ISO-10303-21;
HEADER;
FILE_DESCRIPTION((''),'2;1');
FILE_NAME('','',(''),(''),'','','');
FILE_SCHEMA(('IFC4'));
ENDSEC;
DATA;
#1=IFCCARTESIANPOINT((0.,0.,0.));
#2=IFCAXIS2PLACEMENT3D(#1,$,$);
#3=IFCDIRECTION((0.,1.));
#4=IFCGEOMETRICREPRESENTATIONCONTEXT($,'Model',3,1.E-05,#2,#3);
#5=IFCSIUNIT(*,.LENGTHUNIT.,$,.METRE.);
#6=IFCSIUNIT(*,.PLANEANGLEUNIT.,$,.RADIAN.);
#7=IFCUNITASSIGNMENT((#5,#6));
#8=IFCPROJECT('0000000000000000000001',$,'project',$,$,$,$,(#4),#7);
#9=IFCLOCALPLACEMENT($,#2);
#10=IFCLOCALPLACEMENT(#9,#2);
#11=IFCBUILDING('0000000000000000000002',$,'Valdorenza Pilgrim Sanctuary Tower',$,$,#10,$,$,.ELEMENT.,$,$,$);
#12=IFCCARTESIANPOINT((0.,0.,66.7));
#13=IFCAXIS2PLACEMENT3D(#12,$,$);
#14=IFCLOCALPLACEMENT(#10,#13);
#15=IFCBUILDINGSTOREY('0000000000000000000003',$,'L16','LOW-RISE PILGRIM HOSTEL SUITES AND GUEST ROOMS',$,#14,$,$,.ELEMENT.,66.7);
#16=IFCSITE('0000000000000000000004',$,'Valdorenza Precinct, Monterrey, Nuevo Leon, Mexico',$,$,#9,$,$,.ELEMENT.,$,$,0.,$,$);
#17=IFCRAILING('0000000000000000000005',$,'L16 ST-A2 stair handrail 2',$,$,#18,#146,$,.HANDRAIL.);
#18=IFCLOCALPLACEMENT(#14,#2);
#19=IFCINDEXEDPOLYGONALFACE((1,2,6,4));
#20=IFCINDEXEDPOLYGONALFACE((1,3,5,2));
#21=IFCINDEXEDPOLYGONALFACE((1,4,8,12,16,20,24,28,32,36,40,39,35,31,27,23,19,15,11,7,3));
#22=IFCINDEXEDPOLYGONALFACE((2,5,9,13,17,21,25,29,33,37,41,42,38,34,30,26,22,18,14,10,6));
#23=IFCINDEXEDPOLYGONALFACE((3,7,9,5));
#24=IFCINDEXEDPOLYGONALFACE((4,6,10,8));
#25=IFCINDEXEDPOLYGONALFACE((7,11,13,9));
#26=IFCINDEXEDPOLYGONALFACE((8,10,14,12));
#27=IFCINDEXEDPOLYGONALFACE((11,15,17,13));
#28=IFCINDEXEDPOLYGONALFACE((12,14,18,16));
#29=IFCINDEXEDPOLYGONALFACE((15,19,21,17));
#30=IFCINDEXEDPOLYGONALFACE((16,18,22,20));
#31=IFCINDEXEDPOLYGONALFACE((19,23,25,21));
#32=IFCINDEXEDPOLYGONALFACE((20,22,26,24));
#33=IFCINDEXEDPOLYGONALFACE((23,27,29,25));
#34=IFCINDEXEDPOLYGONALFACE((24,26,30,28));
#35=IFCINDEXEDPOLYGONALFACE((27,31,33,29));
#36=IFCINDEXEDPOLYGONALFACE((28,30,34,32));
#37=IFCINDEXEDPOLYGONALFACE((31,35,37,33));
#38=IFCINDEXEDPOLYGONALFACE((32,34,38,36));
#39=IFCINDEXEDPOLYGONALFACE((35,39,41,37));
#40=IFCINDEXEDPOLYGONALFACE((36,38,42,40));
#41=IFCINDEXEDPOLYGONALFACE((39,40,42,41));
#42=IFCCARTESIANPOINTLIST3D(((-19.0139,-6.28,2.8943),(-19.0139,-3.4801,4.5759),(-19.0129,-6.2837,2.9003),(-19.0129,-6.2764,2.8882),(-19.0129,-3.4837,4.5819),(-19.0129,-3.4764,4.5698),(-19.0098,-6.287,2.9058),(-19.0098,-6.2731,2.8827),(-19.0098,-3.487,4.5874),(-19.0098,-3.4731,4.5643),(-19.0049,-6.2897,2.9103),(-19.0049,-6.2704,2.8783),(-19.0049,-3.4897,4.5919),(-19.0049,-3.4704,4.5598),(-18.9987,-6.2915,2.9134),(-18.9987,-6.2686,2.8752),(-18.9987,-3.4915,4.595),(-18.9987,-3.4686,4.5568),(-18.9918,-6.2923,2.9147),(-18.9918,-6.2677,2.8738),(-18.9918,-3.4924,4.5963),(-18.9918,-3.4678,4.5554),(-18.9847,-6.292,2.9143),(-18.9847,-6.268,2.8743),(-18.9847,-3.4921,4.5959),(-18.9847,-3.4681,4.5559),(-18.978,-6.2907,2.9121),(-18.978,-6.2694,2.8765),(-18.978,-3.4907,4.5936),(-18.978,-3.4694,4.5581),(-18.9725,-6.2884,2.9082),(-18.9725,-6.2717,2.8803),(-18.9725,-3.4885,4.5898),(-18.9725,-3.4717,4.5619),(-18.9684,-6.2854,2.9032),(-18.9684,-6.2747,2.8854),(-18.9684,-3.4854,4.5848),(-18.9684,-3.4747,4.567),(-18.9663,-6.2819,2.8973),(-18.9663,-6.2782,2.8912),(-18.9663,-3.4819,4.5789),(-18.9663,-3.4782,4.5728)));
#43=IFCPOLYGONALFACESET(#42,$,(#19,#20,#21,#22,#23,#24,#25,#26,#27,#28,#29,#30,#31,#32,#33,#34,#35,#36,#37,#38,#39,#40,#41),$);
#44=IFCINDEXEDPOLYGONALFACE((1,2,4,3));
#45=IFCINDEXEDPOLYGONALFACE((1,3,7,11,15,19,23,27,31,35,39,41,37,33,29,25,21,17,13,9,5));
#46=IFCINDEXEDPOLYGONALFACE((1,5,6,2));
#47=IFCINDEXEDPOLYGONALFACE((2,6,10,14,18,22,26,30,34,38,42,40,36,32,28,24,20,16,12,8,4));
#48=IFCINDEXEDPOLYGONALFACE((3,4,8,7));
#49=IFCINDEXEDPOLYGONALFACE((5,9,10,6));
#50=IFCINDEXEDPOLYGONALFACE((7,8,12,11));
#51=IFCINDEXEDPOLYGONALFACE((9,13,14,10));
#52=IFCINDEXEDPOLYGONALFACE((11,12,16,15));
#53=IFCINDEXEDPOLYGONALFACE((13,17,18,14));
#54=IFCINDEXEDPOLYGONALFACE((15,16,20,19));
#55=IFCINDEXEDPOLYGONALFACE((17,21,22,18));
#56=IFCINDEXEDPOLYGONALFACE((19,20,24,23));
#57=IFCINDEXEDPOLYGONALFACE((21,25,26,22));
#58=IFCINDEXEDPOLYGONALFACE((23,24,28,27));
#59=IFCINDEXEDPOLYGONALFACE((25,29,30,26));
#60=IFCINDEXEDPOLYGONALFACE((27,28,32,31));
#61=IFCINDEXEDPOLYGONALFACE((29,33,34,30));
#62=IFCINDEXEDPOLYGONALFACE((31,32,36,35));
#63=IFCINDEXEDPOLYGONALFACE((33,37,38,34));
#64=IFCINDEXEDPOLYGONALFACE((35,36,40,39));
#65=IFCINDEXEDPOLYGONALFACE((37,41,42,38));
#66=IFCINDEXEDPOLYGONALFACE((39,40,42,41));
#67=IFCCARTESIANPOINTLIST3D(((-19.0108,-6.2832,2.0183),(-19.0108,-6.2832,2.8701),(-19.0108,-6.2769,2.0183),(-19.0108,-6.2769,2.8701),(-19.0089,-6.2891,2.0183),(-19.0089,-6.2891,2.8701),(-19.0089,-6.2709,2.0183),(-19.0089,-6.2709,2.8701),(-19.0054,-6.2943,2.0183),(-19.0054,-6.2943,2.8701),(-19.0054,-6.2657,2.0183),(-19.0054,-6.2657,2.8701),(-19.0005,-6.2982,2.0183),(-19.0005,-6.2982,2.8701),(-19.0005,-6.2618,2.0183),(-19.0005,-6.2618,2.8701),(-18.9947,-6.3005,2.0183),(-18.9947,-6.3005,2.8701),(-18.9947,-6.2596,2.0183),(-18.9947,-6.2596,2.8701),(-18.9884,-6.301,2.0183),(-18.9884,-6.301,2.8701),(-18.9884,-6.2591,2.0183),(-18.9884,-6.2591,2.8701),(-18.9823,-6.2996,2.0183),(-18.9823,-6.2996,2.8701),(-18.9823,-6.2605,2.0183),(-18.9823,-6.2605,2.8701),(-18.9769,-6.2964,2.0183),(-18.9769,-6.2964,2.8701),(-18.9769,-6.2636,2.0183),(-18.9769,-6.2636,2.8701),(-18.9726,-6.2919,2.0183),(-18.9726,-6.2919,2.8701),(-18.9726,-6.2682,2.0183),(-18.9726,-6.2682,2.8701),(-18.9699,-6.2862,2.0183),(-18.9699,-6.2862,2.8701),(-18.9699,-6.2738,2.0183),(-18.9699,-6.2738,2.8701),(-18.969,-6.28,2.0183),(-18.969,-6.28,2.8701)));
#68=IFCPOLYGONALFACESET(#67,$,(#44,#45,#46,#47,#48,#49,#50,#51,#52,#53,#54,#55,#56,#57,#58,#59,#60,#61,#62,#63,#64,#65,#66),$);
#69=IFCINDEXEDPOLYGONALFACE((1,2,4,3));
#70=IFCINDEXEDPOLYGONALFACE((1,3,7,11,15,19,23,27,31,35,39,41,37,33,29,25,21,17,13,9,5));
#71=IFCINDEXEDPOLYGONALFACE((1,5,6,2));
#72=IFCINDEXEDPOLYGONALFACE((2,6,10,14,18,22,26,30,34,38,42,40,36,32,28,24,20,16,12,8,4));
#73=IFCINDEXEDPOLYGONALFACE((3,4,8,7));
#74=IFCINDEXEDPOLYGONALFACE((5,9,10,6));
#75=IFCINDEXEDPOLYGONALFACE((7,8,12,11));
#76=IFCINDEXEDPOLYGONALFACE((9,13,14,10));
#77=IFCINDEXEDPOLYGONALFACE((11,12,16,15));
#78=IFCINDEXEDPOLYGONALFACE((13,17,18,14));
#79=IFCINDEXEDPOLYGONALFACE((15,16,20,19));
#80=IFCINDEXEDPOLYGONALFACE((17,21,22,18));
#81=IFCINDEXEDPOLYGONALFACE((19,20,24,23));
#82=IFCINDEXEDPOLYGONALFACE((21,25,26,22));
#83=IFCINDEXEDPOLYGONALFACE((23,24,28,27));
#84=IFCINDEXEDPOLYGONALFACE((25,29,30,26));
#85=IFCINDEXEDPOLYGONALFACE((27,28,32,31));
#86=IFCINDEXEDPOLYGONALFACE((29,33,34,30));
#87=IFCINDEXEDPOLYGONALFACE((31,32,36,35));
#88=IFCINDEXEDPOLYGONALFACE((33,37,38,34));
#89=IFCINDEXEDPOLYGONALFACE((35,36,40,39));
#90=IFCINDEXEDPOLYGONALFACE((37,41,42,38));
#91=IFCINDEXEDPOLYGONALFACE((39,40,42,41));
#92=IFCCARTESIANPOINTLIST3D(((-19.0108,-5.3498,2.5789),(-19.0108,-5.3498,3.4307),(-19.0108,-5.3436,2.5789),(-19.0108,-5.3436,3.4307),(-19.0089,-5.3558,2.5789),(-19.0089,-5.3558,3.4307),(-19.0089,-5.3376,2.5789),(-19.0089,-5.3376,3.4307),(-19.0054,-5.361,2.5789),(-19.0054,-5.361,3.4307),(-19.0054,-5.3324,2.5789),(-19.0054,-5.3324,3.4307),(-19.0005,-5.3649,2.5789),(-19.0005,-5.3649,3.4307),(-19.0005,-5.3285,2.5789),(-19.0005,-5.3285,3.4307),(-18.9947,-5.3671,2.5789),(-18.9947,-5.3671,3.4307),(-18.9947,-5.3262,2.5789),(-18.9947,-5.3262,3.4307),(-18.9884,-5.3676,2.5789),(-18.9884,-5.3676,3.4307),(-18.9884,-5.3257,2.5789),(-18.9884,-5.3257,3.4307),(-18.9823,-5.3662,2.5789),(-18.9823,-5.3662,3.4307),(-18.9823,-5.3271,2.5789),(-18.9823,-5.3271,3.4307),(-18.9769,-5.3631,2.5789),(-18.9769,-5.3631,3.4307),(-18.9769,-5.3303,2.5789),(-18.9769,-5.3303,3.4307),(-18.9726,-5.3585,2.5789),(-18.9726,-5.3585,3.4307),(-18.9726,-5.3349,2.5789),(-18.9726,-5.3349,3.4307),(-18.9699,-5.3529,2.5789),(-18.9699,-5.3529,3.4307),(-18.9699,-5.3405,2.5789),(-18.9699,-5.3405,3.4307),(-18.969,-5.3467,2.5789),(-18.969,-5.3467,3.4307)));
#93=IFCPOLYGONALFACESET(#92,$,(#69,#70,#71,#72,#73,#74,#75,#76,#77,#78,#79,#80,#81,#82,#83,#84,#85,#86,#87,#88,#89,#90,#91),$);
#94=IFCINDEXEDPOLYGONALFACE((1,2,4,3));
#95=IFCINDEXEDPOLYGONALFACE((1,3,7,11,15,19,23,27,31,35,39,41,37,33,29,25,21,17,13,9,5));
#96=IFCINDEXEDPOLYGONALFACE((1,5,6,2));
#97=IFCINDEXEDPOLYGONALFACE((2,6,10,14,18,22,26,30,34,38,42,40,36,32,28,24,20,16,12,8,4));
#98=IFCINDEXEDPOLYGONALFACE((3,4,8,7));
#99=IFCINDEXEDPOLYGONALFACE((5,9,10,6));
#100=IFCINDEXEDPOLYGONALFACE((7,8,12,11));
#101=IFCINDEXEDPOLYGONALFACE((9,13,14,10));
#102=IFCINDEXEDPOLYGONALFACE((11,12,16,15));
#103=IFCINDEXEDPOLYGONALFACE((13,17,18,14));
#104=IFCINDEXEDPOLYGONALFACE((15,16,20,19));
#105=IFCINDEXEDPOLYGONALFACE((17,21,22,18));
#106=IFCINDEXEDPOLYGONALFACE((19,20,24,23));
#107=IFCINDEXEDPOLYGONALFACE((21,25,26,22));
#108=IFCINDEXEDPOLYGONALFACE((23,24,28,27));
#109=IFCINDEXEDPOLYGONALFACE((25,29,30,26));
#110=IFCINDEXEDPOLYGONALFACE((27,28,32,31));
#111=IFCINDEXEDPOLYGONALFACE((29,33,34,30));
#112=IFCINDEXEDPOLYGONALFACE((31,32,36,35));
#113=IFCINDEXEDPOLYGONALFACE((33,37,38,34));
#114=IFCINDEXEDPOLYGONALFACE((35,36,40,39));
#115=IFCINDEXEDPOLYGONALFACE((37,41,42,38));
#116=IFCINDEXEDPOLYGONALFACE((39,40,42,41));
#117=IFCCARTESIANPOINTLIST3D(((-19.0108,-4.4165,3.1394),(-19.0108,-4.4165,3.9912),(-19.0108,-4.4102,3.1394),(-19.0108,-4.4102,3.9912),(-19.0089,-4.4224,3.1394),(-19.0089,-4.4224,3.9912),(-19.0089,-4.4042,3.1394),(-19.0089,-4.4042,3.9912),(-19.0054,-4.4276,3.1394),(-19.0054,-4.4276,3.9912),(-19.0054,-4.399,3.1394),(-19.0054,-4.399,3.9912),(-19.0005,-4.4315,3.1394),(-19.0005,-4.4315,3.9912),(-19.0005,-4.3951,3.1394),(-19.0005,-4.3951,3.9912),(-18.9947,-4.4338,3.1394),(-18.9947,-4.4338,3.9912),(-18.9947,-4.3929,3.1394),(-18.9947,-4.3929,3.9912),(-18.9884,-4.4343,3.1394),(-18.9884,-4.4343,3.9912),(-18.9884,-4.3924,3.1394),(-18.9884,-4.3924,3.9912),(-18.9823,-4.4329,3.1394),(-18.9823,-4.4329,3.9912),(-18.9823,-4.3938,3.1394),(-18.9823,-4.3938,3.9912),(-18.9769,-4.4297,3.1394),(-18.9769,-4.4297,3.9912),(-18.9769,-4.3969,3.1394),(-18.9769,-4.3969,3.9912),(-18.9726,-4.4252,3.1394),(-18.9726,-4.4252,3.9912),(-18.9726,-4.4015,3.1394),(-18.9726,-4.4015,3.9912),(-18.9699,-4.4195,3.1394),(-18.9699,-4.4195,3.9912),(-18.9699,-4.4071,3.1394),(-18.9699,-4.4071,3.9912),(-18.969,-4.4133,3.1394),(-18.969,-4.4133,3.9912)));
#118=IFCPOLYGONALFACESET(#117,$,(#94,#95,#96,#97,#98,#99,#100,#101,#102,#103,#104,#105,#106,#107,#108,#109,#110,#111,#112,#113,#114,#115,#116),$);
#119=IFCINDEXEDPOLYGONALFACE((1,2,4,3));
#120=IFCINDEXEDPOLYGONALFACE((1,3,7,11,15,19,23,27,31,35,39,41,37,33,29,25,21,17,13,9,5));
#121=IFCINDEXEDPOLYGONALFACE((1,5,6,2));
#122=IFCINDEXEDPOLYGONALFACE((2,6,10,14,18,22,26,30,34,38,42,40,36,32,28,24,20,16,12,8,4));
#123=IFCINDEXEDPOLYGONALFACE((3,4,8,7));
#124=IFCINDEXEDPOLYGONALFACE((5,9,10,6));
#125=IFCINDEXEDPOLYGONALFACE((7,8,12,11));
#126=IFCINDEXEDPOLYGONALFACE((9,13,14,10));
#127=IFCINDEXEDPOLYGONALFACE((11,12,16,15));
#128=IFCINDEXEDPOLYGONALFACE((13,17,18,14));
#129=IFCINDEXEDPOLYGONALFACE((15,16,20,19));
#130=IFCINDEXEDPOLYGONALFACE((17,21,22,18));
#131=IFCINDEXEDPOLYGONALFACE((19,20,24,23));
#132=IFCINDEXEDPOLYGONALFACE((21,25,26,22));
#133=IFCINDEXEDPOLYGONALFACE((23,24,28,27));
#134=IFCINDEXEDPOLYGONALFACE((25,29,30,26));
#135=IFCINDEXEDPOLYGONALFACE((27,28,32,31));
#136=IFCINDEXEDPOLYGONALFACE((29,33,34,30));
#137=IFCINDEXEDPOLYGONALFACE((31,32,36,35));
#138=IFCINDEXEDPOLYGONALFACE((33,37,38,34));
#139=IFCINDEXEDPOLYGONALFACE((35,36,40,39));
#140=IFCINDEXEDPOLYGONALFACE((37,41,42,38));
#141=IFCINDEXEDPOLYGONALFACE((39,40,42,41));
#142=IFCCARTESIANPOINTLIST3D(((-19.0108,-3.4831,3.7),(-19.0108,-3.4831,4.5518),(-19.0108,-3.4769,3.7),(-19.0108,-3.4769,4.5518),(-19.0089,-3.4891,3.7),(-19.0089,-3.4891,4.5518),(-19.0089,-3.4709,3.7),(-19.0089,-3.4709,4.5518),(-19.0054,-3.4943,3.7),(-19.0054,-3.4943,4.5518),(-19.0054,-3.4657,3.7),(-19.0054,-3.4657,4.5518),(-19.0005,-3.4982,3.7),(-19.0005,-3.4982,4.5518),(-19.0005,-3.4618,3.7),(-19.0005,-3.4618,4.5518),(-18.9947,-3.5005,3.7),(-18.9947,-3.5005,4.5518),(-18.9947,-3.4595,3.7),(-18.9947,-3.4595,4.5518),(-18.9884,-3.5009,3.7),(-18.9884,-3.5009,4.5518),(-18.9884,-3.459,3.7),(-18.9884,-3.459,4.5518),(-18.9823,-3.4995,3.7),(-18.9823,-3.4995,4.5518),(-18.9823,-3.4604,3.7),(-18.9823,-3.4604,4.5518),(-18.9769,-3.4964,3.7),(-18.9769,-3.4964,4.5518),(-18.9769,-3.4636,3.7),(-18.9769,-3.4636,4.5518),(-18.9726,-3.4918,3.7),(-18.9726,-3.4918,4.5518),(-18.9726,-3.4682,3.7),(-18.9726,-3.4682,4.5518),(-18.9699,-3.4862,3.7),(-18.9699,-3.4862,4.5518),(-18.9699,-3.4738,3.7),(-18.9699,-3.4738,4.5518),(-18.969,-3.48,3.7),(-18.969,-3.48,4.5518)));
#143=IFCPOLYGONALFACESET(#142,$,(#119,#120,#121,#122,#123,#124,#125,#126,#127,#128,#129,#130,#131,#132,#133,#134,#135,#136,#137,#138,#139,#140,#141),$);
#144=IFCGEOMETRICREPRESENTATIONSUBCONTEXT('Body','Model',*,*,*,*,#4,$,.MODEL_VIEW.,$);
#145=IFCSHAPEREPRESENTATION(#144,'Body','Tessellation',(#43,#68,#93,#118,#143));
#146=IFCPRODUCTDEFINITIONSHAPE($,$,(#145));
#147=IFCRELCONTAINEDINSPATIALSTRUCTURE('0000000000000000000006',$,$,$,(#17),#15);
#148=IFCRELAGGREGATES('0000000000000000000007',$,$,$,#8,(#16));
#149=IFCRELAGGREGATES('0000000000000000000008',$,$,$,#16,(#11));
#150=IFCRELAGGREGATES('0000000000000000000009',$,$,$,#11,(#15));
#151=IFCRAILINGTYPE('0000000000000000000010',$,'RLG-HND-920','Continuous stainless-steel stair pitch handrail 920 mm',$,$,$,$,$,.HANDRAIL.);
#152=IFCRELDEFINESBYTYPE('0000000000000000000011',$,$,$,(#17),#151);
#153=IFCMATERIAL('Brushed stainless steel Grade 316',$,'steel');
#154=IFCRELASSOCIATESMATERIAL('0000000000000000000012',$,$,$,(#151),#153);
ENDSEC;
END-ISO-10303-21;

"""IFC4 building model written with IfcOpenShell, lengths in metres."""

from ifc_helpers import new_model, si_unit, direction, frame, origin, origin_2d, place, context, subcontext, project, spatial, circle, extrude, material, type_object, element, save


model = new_model("IFC4")

# Units and contexts
model_context = context("Model", 3, precision=1e-05, world=origin(), true_north=direction((0.0, 1.0)))
body_context = subcontext(model_context, "Body", "Model", "MODEL_VIEW")
ifc_project = project(units=[si_unit("LENGTHUNIT", "METRE"), si_unit("PLANEANGLEUNIT", "RADIAN")], contexts=[model_context])

# Site, building, storey
site_placement = place(None, origin())
site = spatial("IfcSite", under=ifc_project, at=site_placement, Name="Valdorenza Precinct, Monterrey, Nuevo Leon, Mexico", CompositionType="ELEMENT", RefElevation=0.0)
building_placement = place(site_placement, origin())
building = spatial("IfcBuilding", under=site, at=building_placement, Name="Valdorenza Pilgrim Sanctuary Tower", CompositionType="ELEMENT")
storey_placement = place(building_placement, frame((0.0, 0.0, 66.7)))
storey = spatial("IfcBuildingStorey", under=building, at=storey_placement, Name="L16", Description="LOW-RISE PILGRIM HOSTEL SUITES AND GUEST ROOMS", CompositionType="ELEMENT", Elevation=66.7)

# Shared definitions
ifc_material_1 = material(Name="Brushed stainless steel Grade 316", Category="steel")

# Railing
railing_type_1 = type_object("IfcRailingType", Name="RLG-HND-920", Description="Continuous stainless-steel stair pitch handrail 920 mm", PredefinedType="HANDRAIL", material=ifc_material_1)
railing_1_placement = place(storey_placement, frame((-18.99, -6.28, 2.0183)))
element("IfcRailing", 1, at=railing_1_placement, inside=storey, type_object=railing_type_1, Name="L16 ST-A2 stair handrail 2", PredefinedType="HANDRAIL", context=body_context, shape_type="SweptSolid", body=[
    extrude(circle(Radius=0.0239, at=origin_2d()), frame((0.0, 0.0, 0.876), z_axis=(0.0, 0.857275, 0.514858), x_axis=(-1.0, 0.0, 0.0)), (0.0, 0.0, 1.0), 3.2661),
    extrude(circle(Radius=0.021, at=origin_2d()), origin(), (0.0, 0.0, 1.0), 0.8518),
    extrude(circle(Radius=0.021, at=origin_2d()), frame((0.0, 0.9333, 0.5605)), (0.0, 0.0, 1.0), 0.8518),
    extrude(circle(Radius=0.021, at=origin_2d()), frame((0.0, 1.8667, 1.1211)), (0.0, 0.0, 1.0), 0.8518),
    extrude(circle(Radius=0.021, at=origin_2d()), frame((0.0, 2.8, 1.6816)), (0.0, 0.0, 1.0), 0.8518),
])

save(model, "model.ifc")
